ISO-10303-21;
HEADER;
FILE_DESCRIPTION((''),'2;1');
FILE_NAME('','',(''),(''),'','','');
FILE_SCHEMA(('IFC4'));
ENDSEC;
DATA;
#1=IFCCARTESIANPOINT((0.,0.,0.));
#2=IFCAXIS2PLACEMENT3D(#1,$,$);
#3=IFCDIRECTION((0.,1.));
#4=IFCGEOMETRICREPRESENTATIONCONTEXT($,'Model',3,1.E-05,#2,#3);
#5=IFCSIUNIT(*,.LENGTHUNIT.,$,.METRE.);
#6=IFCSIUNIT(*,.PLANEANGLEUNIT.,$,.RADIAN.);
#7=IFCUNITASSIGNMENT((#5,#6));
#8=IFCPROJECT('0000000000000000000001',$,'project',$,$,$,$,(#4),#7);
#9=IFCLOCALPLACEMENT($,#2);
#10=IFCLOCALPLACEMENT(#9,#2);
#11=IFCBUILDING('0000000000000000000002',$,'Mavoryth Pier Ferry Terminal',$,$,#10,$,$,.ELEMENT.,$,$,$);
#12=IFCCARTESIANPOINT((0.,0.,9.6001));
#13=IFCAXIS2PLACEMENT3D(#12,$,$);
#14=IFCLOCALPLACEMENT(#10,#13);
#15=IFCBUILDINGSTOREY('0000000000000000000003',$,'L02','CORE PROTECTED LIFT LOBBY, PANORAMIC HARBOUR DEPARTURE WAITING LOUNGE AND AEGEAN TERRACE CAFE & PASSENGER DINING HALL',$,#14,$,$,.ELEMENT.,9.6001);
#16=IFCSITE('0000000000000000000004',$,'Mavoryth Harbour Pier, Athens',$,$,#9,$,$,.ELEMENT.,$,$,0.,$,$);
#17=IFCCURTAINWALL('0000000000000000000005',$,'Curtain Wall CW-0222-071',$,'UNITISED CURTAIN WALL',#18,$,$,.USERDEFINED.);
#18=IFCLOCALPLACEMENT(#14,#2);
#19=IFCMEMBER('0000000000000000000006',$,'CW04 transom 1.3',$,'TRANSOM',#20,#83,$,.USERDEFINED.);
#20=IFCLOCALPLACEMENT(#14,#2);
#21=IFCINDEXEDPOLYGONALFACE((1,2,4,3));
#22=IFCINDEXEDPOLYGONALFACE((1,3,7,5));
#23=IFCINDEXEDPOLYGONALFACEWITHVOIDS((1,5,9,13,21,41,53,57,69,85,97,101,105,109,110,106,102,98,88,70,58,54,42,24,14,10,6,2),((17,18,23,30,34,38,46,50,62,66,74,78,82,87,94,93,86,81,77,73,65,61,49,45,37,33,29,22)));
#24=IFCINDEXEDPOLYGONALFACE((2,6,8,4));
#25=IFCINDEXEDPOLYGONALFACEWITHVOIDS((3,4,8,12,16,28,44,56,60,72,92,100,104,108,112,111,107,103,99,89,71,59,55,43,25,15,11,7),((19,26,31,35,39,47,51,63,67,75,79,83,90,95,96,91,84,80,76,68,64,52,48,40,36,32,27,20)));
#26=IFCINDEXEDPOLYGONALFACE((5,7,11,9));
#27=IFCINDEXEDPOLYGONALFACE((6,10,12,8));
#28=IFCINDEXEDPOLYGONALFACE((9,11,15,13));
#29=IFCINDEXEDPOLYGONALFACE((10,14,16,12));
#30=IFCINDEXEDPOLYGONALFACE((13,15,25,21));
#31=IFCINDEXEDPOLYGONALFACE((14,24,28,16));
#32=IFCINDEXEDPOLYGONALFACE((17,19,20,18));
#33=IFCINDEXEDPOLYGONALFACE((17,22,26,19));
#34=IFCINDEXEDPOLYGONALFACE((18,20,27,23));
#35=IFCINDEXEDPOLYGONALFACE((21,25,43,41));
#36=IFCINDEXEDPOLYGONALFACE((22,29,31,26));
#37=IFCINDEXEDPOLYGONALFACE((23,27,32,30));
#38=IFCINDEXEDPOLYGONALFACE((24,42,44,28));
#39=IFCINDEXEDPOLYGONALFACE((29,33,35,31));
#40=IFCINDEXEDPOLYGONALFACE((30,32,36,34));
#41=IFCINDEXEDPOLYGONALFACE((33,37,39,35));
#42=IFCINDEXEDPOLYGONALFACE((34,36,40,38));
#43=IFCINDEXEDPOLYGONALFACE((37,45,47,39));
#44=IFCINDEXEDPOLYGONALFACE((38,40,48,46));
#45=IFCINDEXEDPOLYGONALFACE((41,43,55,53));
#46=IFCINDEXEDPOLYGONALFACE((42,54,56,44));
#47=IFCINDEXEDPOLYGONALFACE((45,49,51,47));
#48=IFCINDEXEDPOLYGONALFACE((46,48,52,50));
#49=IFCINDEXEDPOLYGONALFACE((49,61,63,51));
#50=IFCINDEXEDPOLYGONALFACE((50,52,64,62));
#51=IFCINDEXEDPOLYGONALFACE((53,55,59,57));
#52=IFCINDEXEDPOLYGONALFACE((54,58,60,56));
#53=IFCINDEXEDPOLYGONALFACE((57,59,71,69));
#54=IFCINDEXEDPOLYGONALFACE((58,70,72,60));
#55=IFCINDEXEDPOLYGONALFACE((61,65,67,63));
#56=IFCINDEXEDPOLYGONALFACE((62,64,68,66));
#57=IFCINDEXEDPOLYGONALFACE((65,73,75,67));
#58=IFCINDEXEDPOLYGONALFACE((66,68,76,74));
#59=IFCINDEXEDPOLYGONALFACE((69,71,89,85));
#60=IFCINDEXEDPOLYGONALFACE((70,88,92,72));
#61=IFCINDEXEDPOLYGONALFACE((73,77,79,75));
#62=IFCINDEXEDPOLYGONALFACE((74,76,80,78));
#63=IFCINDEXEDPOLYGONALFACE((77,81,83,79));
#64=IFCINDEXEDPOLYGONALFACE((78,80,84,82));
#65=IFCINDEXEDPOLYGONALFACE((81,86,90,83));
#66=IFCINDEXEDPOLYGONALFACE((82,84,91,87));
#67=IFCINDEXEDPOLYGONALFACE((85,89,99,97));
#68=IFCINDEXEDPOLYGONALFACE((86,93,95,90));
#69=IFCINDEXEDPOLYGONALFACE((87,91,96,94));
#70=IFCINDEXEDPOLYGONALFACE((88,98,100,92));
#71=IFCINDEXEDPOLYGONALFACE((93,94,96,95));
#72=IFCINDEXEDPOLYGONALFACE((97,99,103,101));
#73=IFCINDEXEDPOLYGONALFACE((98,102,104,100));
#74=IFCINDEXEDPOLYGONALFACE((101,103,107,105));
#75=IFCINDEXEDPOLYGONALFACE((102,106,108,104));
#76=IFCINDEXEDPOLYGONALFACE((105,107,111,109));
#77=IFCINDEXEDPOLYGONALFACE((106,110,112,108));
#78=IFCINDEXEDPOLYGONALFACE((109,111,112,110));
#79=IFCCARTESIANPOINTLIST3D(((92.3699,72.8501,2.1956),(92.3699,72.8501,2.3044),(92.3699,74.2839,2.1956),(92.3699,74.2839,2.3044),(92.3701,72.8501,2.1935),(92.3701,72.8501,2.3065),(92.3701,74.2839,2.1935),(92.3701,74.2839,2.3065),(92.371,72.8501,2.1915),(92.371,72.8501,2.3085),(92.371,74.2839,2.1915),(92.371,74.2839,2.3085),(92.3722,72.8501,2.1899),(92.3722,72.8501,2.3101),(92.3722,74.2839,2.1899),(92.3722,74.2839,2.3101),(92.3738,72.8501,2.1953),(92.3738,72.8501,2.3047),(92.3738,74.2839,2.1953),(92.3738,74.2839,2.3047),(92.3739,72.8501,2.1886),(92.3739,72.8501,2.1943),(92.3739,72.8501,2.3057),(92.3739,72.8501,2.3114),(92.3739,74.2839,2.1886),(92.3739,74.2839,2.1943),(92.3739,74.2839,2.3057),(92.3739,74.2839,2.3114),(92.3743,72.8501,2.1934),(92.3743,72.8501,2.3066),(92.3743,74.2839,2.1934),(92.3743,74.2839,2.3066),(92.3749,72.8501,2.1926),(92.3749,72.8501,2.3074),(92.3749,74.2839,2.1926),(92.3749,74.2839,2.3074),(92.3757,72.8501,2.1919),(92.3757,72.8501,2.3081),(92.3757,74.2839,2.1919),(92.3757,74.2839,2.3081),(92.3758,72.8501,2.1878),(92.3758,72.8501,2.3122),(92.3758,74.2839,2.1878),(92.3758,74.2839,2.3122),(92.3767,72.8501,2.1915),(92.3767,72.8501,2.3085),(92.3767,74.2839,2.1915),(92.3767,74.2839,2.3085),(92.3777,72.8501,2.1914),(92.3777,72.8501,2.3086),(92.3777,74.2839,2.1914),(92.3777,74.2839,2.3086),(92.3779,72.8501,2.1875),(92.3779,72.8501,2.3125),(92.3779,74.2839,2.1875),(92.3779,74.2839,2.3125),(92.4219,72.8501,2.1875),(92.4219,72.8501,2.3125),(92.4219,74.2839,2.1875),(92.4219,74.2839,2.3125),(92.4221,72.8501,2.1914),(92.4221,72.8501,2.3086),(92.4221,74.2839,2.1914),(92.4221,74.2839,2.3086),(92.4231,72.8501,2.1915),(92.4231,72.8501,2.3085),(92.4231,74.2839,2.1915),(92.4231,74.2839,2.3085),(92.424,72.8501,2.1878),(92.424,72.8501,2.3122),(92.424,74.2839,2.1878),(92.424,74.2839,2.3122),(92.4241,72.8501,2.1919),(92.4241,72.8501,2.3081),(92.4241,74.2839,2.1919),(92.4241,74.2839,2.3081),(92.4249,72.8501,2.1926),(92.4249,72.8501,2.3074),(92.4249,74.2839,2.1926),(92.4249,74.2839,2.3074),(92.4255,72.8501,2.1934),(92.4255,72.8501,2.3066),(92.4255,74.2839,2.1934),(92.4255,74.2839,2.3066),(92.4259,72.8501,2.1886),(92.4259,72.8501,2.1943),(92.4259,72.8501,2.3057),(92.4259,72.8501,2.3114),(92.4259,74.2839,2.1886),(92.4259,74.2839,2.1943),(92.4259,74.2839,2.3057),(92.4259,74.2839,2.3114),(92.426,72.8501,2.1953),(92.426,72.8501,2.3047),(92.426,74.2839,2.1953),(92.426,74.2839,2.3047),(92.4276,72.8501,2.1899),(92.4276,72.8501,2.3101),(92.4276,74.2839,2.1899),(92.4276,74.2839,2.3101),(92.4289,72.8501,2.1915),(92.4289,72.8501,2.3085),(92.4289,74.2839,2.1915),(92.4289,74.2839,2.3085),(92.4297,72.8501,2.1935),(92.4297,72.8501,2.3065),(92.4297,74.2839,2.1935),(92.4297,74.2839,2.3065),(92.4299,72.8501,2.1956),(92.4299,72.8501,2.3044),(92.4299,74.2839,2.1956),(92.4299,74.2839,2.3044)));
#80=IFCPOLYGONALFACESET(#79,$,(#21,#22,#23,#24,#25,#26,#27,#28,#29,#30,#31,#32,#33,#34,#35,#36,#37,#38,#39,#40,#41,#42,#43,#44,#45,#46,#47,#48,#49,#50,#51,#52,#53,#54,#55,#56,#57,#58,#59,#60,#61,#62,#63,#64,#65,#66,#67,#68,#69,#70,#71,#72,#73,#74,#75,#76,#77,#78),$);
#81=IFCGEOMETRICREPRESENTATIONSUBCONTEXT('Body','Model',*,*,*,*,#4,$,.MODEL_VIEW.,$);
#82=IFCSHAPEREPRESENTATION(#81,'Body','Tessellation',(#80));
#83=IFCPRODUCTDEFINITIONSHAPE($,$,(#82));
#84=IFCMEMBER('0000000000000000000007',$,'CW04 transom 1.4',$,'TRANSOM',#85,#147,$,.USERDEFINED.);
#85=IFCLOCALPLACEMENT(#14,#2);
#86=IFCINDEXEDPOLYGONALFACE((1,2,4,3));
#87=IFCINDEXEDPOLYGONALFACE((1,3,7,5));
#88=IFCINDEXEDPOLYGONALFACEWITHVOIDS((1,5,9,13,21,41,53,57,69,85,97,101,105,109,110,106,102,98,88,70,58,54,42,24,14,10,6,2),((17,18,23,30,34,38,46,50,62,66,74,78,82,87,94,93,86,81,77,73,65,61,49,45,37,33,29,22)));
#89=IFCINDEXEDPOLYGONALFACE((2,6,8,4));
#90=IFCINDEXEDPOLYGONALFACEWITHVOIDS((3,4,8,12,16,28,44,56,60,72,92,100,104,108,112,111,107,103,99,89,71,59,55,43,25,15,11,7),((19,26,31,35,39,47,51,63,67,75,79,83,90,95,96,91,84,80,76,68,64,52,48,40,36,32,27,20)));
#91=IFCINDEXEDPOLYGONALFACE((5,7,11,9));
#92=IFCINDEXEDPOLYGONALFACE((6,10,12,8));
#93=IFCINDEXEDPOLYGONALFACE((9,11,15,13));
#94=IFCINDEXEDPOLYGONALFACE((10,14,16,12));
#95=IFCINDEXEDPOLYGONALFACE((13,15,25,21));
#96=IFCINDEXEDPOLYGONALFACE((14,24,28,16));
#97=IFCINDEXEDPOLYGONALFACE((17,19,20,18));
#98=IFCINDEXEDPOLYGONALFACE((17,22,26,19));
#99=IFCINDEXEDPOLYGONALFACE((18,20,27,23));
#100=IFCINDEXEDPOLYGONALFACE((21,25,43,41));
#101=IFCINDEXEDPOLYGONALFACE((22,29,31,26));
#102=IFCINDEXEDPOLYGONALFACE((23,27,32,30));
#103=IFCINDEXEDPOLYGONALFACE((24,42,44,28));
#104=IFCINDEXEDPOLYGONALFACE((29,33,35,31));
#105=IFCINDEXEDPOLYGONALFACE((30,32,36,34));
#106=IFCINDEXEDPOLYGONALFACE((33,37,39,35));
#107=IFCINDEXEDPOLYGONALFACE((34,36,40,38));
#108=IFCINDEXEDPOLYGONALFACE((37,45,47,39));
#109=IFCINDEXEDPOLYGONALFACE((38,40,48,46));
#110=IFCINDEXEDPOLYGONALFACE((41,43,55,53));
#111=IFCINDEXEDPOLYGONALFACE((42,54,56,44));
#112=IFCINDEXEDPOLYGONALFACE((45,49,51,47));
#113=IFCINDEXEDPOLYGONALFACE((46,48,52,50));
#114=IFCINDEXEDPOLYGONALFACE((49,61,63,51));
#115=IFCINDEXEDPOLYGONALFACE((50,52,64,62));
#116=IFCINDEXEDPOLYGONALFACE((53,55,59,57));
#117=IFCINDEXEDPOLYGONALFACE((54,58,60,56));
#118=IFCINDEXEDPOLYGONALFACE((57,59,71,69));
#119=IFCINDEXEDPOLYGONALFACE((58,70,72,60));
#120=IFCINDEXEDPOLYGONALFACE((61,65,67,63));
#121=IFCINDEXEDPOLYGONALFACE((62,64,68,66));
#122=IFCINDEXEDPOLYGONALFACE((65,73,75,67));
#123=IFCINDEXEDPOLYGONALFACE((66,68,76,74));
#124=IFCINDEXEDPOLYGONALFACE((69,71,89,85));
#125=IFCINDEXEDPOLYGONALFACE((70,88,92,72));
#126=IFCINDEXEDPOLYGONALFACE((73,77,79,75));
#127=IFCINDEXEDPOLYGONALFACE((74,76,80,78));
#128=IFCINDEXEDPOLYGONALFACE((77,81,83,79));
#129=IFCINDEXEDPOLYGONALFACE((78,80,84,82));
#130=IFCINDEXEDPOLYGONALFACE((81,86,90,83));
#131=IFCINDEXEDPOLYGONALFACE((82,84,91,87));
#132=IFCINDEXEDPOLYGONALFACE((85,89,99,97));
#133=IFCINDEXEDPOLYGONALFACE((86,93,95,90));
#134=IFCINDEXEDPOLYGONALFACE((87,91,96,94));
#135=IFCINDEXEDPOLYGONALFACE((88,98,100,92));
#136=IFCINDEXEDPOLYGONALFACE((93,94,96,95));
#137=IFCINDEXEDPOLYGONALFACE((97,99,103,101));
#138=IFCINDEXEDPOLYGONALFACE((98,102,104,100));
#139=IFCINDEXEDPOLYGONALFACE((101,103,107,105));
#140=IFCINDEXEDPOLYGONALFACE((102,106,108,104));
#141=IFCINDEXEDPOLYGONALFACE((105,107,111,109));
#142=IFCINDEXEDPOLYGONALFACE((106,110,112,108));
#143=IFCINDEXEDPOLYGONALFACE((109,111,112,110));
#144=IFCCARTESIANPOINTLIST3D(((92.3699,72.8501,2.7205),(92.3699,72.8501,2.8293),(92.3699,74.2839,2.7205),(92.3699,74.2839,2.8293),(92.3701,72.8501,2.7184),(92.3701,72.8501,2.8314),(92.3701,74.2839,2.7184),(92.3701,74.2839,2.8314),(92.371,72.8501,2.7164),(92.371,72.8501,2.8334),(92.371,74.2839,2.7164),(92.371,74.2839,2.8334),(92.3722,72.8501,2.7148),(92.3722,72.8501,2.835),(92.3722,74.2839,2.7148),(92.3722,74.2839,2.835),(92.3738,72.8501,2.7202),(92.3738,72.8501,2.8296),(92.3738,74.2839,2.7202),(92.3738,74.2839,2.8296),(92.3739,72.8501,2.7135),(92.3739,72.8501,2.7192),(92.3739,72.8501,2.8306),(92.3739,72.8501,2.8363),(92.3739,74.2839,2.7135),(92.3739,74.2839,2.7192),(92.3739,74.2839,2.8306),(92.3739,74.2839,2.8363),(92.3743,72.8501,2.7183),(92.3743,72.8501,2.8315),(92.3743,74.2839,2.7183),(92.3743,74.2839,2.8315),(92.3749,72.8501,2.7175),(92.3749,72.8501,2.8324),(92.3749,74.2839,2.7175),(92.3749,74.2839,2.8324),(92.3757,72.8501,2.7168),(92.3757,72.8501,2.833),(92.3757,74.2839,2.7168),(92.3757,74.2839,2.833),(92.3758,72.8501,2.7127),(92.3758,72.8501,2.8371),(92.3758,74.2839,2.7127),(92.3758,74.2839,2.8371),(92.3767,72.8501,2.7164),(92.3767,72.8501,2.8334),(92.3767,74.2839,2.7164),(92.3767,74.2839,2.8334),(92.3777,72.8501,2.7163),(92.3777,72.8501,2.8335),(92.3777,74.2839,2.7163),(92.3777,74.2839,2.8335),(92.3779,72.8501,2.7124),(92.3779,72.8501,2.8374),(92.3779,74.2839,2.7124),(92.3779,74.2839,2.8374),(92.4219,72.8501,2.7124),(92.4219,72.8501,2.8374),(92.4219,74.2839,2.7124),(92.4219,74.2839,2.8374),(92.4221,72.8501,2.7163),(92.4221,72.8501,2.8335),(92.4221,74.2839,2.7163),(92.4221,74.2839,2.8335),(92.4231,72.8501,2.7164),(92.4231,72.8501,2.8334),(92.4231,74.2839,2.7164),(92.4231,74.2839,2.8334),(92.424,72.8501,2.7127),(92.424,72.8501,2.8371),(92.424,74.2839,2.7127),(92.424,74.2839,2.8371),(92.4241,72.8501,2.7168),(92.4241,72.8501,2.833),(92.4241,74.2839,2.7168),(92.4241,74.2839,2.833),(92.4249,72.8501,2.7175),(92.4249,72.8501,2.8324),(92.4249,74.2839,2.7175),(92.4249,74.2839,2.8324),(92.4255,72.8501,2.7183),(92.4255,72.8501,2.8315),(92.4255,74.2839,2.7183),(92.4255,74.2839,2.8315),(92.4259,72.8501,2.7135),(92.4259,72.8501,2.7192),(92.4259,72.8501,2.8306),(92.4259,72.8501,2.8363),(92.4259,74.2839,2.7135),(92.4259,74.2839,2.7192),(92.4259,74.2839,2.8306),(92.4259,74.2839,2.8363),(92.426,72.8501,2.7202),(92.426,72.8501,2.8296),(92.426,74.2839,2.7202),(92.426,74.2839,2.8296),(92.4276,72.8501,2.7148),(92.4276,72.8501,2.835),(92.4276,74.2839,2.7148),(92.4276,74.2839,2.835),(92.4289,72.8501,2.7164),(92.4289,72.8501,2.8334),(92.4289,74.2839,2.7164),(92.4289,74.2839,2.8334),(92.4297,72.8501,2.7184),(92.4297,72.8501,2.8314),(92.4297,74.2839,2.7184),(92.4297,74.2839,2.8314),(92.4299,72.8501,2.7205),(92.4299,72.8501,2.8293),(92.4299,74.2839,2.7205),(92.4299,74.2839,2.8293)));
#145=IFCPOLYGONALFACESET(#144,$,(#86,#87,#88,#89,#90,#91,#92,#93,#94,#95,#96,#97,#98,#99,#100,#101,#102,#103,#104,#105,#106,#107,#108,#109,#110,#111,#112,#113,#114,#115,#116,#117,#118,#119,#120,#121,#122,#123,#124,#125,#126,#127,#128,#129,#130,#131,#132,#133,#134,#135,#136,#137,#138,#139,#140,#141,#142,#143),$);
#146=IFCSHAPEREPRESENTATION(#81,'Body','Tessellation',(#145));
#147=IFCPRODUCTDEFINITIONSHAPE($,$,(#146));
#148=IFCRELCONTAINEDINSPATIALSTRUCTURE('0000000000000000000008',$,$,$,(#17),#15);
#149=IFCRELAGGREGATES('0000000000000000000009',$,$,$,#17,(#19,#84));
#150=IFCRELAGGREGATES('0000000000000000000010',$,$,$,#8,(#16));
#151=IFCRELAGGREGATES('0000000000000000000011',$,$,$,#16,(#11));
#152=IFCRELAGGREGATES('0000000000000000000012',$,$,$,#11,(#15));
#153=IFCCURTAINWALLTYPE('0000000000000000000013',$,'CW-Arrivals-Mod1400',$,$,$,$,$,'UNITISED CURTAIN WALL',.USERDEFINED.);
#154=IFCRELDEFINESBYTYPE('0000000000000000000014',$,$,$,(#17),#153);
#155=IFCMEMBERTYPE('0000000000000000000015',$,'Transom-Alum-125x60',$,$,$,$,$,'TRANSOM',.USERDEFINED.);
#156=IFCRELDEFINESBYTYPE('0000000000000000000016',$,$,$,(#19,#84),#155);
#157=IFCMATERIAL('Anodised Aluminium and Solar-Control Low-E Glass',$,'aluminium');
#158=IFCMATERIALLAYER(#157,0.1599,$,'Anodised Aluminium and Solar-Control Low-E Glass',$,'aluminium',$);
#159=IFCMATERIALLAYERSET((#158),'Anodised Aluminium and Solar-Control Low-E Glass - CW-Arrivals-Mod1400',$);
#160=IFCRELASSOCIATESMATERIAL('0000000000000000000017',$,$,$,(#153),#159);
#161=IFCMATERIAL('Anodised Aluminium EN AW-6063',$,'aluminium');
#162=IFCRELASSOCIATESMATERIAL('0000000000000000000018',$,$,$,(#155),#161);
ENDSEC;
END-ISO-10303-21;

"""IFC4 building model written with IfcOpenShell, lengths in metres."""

from ifc_helpers import new_model, si_unit, direction, frame, origin, origin_2d, place, context, subcontext, project, spatial, hollow_rectangle, extrude, material, layer, layer_set, material_profile, profile_set, type_object, element, aggregate, save


model = new_model("IFC4")

# Units and contexts
model_context = context("Model", 3, precision=1e-05, world=origin(), true_north=direction((0.0, 1.0)))
body_context = subcontext(model_context, "Body", "Model", "MODEL_VIEW")
ifc_project = project(units=[si_unit("LENGTHUNIT", "METRE"), si_unit("PLANEANGLEUNIT", "RADIAN")], contexts=[model_context])

# Site, building, storey
site_placement = place(None, origin())
site = spatial("IfcSite", under=ifc_project, at=site_placement, Name="Mavoryth Harbour Pier, Athens", CompositionType="ELEMENT", RefElevation=0.0)
building_placement = place(site_placement, origin())
building = spatial("IfcBuilding", under=site, at=building_placement, Name="Mavoryth Pier Ferry Terminal", CompositionType="ELEMENT")
storey_placement = place(building_placement, frame((0.0, 0.0, 9.6001)))
storey = spatial("IfcBuildingStorey", under=building, at=storey_placement, Name="L02", Description="CORE PROTECTED LIFT LOBBY, PANORAMIC HARBOUR DEPARTURE WAITING LOUNGE AND AEGEAN TERRACE CAFE & PASSENGER DINING HALL", CompositionType="ELEMENT", Elevation=9.6001)

# Curtain wall
ifc_material_1 = material(Name="Anodised Aluminium and Solar-Control Low-E Glass", Category="aluminium")
ifc_layer_1 = layer(ifc_material_1, 0.1599, Name="Anodised Aluminium and Solar-Control Low-E Glass", Category="aluminium")
ifc_layer_set_1 = layer_set([ifc_layer_1], Name="Anodised Aluminium and Solar-Control Low-E Glass - CW-Arrivals-Mod1400")
curtain_wall_type = type_object("IfcCurtainWallType", Name="CW-Arrivals-Mod1400", ElementType="UNITISED CURTAIN WALL", PredefinedType="USERDEFINED", material=ifc_layer_set_1)
curtain_wall_1_placement = place(storey_placement, origin())
curtain_wall_1 = element("IfcCurtainWall", 1, at=curtain_wall_1_placement, inside=storey, type_object=curtain_wall_type, Name="Curtain Wall CW-0222-071", ObjectType="UNITISED CURTAIN WALL", PredefinedType="USERDEFINED")
ifc_material_2 = material(Name="Anodised Aluminium EN AW-6063", Category="aluminium")

# Members
ifc_material_profile_1 = material_profile(ifc_material_2, hollow_rectangle(XDim=0.0601, YDim=0.125, WallThickness=0.0039, InnerFilletRadius=0.0039, OuterFilletRadius=0.0081, at=origin_2d()), Name="AL-TRAN 125x60x4", Category="aluminium")
ifc_profile_set_1 = profile_set([ifc_material_profile_1], Name="Anodised Aluminium EN AW-6063 - AL-TRAN 125x60x4")
member_type_1 = type_object("IfcMemberType", Name="Transom-Alum-125x60", ElementType="TRANSOM", PredefinedType="USERDEFINED", material=ifc_profile_set_1)
member_1_placement = place(storey_placement, frame((92.3999, 72.8501, 2.25), z_axis=(0.0, 1.0, 0.0), x_axis=(-1.0, 0.0, 0.0)))
member_1 = element("IfcMember", 2, at=member_1_placement, type_object=member_type_1, Name="CW04 transom 1.3", ObjectType="TRANSOM", PredefinedType="USERDEFINED", context=body_context, shape_type="SweptSolid", body=[
    extrude(hollow_rectangle(XDim=0.0601, YDim=0.125, WallThickness=0.0039, InnerFilletRadius=0.0039, OuterFilletRadius=0.0081, at=origin_2d()), origin(), (0.0, 0.0, 1.0), 1.4338),
])
member_2_placement = place(storey_placement, frame((92.3999, 72.8501, 2.7749), z_axis=(0.0, 1.0, 0.0), x_axis=(-1.0, 0.0, 0.0)))
member_2 = element("IfcMember", 3, at=member_2_placement, type_object=member_type_1, Name="CW04 transom 1.4", ObjectType="TRANSOM", PredefinedType="USERDEFINED", context=body_context, shape_type="SweptSolid", body=[
    extrude(hollow_rectangle(XDim=0.0601, YDim=0.125, WallThickness=0.0039, InnerFilletRadius=0.0039, OuterFilletRadius=0.0081, at=origin_2d()), origin(), (0.0, 0.0, 1.0), 1.4338),
])

aggregate(curtain_wall_1, [member_1, member_2])

save(model, "model.ifc")
